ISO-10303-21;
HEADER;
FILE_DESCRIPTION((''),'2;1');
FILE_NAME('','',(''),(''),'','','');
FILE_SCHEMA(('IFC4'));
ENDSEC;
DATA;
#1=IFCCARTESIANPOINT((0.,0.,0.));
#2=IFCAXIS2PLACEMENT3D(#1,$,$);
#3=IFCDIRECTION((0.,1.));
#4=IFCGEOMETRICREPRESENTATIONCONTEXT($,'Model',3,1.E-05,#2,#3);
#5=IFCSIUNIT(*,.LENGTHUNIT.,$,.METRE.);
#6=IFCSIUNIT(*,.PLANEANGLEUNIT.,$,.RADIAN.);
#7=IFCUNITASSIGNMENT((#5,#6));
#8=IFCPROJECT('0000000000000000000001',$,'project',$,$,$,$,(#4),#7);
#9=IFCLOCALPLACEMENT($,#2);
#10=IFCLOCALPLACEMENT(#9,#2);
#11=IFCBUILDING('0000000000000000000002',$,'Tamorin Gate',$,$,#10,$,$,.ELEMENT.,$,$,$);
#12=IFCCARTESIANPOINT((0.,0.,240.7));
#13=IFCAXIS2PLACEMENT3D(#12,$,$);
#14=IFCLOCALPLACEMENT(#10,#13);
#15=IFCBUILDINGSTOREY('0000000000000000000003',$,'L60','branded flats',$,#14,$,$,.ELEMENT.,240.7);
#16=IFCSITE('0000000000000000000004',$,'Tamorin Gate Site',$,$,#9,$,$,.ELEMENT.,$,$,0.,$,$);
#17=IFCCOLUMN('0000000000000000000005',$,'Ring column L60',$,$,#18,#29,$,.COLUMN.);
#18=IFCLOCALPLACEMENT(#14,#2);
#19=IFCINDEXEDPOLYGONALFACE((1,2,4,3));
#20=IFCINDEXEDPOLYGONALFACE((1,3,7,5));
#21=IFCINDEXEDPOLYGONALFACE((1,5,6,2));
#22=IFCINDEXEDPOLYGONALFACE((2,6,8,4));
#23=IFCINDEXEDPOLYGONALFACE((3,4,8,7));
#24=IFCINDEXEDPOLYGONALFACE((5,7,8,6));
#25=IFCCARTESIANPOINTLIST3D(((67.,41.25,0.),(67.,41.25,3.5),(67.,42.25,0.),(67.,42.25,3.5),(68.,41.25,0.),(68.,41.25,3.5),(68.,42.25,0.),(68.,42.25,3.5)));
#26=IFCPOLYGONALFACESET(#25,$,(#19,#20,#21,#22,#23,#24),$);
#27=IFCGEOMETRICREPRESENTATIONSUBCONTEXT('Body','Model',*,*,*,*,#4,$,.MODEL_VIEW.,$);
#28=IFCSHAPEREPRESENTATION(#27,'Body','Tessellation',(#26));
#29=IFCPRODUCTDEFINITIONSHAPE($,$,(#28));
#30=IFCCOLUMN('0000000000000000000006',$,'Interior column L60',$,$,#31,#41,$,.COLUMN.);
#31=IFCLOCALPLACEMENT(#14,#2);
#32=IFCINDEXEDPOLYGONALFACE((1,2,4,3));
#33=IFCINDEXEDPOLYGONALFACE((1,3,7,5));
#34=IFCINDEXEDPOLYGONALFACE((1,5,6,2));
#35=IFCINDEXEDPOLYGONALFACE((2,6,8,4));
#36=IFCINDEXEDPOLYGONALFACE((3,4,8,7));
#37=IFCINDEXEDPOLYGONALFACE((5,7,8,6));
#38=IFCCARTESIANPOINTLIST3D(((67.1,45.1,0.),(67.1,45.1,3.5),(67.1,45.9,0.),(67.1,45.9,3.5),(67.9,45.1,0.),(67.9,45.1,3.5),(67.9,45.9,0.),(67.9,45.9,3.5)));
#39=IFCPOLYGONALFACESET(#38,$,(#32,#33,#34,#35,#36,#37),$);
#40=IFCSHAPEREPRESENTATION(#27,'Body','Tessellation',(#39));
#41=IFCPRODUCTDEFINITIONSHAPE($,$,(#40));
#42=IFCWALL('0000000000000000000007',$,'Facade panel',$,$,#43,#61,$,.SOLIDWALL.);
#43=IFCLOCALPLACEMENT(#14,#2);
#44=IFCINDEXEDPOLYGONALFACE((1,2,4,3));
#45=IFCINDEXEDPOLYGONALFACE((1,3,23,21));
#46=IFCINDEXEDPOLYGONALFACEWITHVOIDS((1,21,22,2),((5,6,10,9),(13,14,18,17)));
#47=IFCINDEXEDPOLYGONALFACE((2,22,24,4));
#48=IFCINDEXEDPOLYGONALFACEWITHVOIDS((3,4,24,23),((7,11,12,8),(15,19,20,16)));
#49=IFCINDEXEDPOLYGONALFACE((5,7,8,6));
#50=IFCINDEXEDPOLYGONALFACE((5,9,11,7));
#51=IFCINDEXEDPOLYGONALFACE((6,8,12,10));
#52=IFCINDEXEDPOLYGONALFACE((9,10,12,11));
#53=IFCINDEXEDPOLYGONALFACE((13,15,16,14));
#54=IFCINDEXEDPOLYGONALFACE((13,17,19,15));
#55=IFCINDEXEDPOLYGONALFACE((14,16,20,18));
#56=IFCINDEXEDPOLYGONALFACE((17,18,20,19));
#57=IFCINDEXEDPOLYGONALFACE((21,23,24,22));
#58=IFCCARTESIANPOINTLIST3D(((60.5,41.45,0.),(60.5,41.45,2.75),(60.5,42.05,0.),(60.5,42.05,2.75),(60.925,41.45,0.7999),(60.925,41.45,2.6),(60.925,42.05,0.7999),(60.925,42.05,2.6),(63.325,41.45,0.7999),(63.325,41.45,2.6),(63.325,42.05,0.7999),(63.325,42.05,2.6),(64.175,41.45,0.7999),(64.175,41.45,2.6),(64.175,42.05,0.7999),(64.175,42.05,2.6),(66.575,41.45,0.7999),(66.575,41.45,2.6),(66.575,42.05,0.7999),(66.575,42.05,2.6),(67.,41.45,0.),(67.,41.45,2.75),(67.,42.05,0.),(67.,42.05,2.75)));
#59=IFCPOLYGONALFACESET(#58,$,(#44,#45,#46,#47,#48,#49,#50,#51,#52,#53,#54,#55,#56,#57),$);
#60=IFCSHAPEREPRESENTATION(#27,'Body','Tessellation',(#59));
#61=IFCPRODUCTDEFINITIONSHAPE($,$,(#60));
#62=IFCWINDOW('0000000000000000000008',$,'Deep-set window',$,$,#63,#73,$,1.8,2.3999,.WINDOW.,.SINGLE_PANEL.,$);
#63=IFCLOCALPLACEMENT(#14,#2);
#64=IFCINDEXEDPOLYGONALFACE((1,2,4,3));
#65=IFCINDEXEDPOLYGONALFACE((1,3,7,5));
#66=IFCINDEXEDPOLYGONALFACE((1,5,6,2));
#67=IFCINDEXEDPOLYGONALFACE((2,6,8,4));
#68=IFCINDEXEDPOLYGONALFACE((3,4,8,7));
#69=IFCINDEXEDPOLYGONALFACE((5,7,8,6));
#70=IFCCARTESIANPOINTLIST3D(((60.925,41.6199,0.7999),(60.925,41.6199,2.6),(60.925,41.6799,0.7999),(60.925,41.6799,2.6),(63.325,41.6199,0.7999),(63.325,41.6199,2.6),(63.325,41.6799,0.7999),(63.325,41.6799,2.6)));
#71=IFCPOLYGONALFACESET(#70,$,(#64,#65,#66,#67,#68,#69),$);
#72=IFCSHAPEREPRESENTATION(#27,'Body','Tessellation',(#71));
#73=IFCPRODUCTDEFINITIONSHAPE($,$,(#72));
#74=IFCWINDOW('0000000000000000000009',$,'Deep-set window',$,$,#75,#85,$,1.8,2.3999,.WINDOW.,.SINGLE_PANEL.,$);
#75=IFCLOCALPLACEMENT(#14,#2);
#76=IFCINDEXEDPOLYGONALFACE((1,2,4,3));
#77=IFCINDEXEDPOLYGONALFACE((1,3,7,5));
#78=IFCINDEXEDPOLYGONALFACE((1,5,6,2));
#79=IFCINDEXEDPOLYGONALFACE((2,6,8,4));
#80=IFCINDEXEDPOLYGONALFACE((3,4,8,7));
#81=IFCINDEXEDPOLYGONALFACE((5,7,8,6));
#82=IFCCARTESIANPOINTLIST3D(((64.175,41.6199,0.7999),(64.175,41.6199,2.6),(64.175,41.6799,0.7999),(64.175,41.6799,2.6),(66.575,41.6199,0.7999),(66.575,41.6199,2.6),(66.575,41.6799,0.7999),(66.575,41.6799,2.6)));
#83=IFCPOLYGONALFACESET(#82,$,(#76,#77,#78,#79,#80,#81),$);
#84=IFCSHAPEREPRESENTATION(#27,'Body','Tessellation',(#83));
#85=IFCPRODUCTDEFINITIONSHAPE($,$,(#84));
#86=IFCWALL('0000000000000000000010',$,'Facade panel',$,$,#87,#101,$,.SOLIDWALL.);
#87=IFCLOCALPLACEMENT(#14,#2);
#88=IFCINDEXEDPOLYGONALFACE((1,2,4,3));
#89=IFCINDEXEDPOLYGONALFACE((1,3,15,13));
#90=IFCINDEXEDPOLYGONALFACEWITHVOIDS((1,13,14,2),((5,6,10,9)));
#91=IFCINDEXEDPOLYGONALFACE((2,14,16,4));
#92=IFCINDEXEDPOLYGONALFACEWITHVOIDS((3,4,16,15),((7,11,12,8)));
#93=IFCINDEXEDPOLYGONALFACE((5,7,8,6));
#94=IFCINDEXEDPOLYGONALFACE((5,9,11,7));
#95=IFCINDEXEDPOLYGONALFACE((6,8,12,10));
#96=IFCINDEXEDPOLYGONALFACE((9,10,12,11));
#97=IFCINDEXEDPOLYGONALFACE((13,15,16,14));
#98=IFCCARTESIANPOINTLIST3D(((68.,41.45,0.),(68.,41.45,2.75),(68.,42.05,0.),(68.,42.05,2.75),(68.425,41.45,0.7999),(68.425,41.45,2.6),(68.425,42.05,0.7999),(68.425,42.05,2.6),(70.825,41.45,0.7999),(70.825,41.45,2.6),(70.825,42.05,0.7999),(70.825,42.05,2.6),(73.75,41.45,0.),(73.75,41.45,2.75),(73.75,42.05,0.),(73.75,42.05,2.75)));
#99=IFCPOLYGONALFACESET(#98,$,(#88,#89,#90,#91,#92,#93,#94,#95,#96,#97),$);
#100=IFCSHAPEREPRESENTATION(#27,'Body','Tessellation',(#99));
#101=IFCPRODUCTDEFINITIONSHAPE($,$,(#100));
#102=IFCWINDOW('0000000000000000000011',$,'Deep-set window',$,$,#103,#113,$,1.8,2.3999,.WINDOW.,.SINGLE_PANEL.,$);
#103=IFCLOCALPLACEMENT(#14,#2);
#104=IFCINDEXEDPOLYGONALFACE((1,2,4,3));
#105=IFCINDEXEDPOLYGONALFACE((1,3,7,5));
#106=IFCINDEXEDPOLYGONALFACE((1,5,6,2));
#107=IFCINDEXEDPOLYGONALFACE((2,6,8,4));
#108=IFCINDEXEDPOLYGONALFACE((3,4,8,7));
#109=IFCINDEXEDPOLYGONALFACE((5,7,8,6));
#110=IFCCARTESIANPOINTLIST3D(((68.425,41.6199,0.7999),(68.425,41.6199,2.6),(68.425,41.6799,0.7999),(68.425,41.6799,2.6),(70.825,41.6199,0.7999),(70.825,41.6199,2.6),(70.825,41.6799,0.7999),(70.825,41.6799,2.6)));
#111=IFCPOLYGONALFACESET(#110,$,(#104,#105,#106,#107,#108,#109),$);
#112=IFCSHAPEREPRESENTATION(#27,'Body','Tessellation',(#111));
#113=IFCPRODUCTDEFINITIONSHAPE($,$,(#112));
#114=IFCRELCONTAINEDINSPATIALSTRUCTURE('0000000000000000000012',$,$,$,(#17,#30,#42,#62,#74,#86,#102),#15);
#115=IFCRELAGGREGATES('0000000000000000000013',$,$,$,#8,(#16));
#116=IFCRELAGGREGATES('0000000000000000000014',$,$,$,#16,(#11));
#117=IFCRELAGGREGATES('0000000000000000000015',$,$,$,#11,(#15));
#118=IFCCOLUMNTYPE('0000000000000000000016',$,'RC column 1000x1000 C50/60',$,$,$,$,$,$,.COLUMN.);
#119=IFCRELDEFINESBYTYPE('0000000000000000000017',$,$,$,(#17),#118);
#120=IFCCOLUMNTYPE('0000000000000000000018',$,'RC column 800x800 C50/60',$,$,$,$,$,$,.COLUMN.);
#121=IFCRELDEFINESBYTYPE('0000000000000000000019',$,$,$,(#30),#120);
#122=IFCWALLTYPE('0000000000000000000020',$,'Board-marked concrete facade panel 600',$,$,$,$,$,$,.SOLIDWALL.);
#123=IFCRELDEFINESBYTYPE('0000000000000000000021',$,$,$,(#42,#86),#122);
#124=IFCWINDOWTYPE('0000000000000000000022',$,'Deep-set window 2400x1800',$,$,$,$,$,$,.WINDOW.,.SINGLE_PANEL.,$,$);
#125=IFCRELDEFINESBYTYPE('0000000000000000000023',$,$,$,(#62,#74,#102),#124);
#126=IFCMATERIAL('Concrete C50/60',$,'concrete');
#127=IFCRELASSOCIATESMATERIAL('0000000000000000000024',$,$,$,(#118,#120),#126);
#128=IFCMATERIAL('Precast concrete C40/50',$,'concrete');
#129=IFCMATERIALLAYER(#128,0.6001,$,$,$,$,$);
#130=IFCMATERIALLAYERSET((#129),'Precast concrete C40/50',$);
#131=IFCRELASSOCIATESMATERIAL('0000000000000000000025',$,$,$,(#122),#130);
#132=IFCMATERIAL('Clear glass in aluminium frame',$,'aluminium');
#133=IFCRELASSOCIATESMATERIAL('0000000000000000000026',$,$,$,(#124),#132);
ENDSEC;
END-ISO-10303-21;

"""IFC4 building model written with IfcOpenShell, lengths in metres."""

from ifc_helpers import new_model, si_unit, direction, frame, frame_2d, origin, origin_2d, place, context, subcontext, project, spatial, rectangle, extrude, material, layer, layer_set, material_profile, profile_set, type_object, element, fill, save


model = new_model("IFC4")

# Units and contexts
model_context = context("Model", 3, precision=1e-05, world=origin(), true_north=direction((0.0, 1.0)))
body_context = subcontext(model_context, "Body", "Model", "MODEL_VIEW")
ifc_project = project(units=[si_unit("LENGTHUNIT", "METRE"), si_unit("PLANEANGLEUNIT", "RADIAN")], contexts=[model_context])

# Site, building, storey
site_placement = place(None, origin())
site = spatial("IfcSite", under=ifc_project, at=site_placement, Name="Tamorin Gate Site", CompositionType="ELEMENT", RefElevation=0.0)
building_placement = place(site_placement, origin())
building = spatial("IfcBuilding", under=site, at=building_placement, Name="Tamorin Gate", CompositionType="ELEMENT")
storey_placement = place(building_placement, frame((0.0, 0.0, 240.7)))
storey = spatial("IfcBuildingStorey", under=building, at=storey_placement, Name="L60", Description="branded flats", CompositionType="ELEMENT", Elevation=240.7)

# Columns
ifc_material_1 = material(Name="Concrete C50/60", Category="concrete")
ifc_material_profile_1 = material_profile(ifc_material_1, rectangle(XDim=1.0, YDim=1.0, at=origin_2d()), Name="RC 1000x1000")
ifc_profile_set_1 = profile_set([ifc_material_profile_1], Name="Concrete C50/60")
column_type_1 = type_object("IfcColumnType", Name="RC column 1000x1000 C50/60", PredefinedType="COLUMN", material=ifc_profile_set_1)
column_1_placement = place(storey_placement, frame((67.5, 41.75, 0.0), z_axis=(0.0, 0.0, 1.0), x_axis=(1.0, 0.0, 0.0)))
element("IfcColumn", 1, at=column_1_placement, inside=storey, type_object=column_type_1, Name="Ring column L60", PredefinedType="COLUMN", context=body_context, shape_type="SweptSolid", body=[
    extrude(rectangle(XDim=1.0, YDim=1.0, at=origin_2d()), origin(), (0.0, 0.0, 1.0), 3.5),
])
ifc_material_profile_2 = material_profile(ifc_material_1, rectangle(XDim=0.8, YDim=0.8, at=origin_2d()), Name="RC 800x800")
ifc_profile_set_2 = profile_set([ifc_material_profile_2], Name="Concrete C50/60")
column_type_2 = type_object("IfcColumnType", Name="RC column 800x800 C50/60", PredefinedType="COLUMN", material=ifc_profile_set_2)
column_2_placement = place(storey_placement, frame((67.5, 45.5, 0.0), z_axis=(0.0, 0.0, 1.0), x_axis=(1.0, 0.0, 0.0)))
element("IfcColumn", 2, at=column_2_placement, inside=storey, type_object=column_type_2, Name="Interior column L60", PredefinedType="COLUMN", context=body_context, shape_type="SweptSolid", body=[
    extrude(rectangle(XDim=0.8, YDim=0.8, at=origin_2d()), origin(), (0.0, 0.0, 1.0), 3.5),
])

# Wall, openings, windows
ifc_material_2 = material(Name="Precast concrete C40/50", Category="concrete")
ifc_layer_1 = layer(ifc_material_2, 0.6001)
ifc_layer_set_1 = layer_set([ifc_layer_1], Name="Precast concrete C40/50")
wall_type_1 = type_object("IfcWallType", Name="Board-marked concrete facade panel 600", PredefinedType="SOLIDWALL", material=ifc_layer_set_1)
wall_1_placement = place(storey_placement, frame((60.5, 41.75, 0.0), z_axis=(0.0, 0.0, 1.0), x_axis=(1.0, 0.0, 0.0)))
wall_1 = element("IfcWall", 3, at=wall_1_placement, inside=storey, type_object=wall_type_1, Name="Facade panel", PredefinedType="SOLIDWALL", context=body_context, shape_type="SweptSolid", body=[
    extrude(rectangle(XDim=6.5, YDim=0.6001, at=frame_2d((3.25, 0.0))), origin(), (0.0, 0.0, 1.0), 2.75),
])
opening_1_placement = place(wall_1_placement, frame((0.425, 0.0, 0.8)))
opening_1 = element("IfcOpeningElement", 4, at=opening_1_placement, cuts=wall_1, PredefinedType="OPENING", context=body_context, shape_type="SweptSolid", body=[
    extrude(rectangle(XDim=2.3999, YDim=1.8, at=frame_2d((1.2, 0.8999))), frame((0.0, 0.3101, 0.0), z_axis=(0.0, -1.0, 0.0), x_axis=(1.0, 0.0, 0.0)), (0.0, 0.0, 1.0), 0.6201),
])
opening_2_placement = place(wall_1_placement, frame((3.675, 0.0, 0.8)))
opening_2 = element("IfcOpeningElement", 5, at=opening_2_placement, cuts=wall_1, PredefinedType="OPENING", context=body_context, shape_type="SweptSolid", body=[
    extrude(rectangle(XDim=2.3999, YDim=1.8, at=frame_2d((1.2, 0.8999))), frame((0.0, 0.3101, 0.0), z_axis=(0.0, -1.0, 0.0), x_axis=(1.0, 0.0, 0.0)), (0.0, 0.0, 1.0), 0.6201),
])
ifc_material_3 = material(Name="Clear glass in aluminium frame", Category="aluminium")
window_type = type_object("IfcWindowType", Name="Deep-set window 2400x1800", PartitioningType="SINGLE_PANEL", PredefinedType="WINDOW", material=ifc_material_3)
window_1_placement = place(opening_1_placement, origin())
window_1 = element("IfcWindow", 6, at=window_1_placement, inside=storey, type_object=window_type, Name="Deep-set window", OverallHeight=1.8, OverallWidth=2.3999, PartitioningType="SINGLE_PANEL", PredefinedType="WINDOW", context=body_context, shape_type="SweptSolid", body=[
    extrude(rectangle(XDim=2.3999, YDim=1.8, at=frame_2d((1.2, 0.8999))), frame((0.0, -0.0701, 0.0), z_axis=(0.0, -1.0, 0.0), x_axis=(1.0, 0.0, 0.0)), (0.0, 0.0, 1.0), 0.0601),
])
fill(opening_1, window_1)
window_2_placement = place(opening_2_placement, origin())
window_2 = element("IfcWindow", 7, at=window_2_placement, inside=storey, type_object=window_type, Name="Deep-set window", OverallHeight=1.8, OverallWidth=2.3999, PartitioningType="SINGLE_PANEL", PredefinedType="WINDOW", context=body_context, shape_type="SweptSolid", body=[
    extrude(rectangle(XDim=2.3999, YDim=1.8, at=frame_2d((1.2, 0.8999))), frame((0.0, -0.0701, 0.0), z_axis=(0.0, -1.0, 0.0), x_axis=(1.0, 0.0, 0.0)), (0.0, 0.0, 1.0), 0.0601),
])
fill(opening_2, window_2)

# Wall, opening, window
wall_2_placement = place(storey_placement, frame((68.0, 41.75, 0.0), z_axis=(0.0, 0.0, 1.0), x_axis=(1.0, 0.0, 0.0)))
wall_2 = element("IfcWall", 8, at=wall_2_placement, inside=storey, type_object=wall_type_1, Name="Facade panel", PredefinedType="SOLIDWALL", context=body_context, shape_type="SweptSolid", body=[
    extrude(rectangle(XDim=5.75, YDim=0.6001, at=frame_2d((2.875, 0.0))), origin(), (0.0, 0.0, 1.0), 2.75),
])
opening_3_placement = place(wall_2_placement, frame((0.425, 0.0, 0.8)))
opening_3 = element("IfcOpeningElement", 9, at=opening_3_placement, cuts=wall_2, PredefinedType="OPENING", context=body_context, shape_type="SweptSolid", body=[
    extrude(rectangle(XDim=2.3999, YDim=1.8, at=frame_2d((1.2, 0.8999))), frame((0.0, 0.3101, 0.0), z_axis=(0.0, -1.0, 0.0), x_axis=(1.0, 0.0, 0.0)), (0.0, 0.0, 1.0), 0.6201),
])
window_3_placement = place(opening_3_placement, origin())
window_3 = element("IfcWindow", 10, at=window_3_placement, inside=storey, type_object=window_type, Name="Deep-set window", OverallHeight=1.8, OverallWidth=2.3999, PartitioningType="SINGLE_PANEL", PredefinedType="WINDOW", context=body_context, shape_type="SweptSolid", body=[
    extrude(rectangle(XDim=2.3999, YDim=1.8, at=frame_2d((1.2, 0.8999))), frame((0.0, -0.0701, 0.0), z_axis=(0.0, -1.0, 0.0), x_axis=(1.0, 0.0, 0.0)), (0.0, 0.0, 1.0), 0.0601),
])
fill(opening_3, window_3)

save(model, "model.ifc")
